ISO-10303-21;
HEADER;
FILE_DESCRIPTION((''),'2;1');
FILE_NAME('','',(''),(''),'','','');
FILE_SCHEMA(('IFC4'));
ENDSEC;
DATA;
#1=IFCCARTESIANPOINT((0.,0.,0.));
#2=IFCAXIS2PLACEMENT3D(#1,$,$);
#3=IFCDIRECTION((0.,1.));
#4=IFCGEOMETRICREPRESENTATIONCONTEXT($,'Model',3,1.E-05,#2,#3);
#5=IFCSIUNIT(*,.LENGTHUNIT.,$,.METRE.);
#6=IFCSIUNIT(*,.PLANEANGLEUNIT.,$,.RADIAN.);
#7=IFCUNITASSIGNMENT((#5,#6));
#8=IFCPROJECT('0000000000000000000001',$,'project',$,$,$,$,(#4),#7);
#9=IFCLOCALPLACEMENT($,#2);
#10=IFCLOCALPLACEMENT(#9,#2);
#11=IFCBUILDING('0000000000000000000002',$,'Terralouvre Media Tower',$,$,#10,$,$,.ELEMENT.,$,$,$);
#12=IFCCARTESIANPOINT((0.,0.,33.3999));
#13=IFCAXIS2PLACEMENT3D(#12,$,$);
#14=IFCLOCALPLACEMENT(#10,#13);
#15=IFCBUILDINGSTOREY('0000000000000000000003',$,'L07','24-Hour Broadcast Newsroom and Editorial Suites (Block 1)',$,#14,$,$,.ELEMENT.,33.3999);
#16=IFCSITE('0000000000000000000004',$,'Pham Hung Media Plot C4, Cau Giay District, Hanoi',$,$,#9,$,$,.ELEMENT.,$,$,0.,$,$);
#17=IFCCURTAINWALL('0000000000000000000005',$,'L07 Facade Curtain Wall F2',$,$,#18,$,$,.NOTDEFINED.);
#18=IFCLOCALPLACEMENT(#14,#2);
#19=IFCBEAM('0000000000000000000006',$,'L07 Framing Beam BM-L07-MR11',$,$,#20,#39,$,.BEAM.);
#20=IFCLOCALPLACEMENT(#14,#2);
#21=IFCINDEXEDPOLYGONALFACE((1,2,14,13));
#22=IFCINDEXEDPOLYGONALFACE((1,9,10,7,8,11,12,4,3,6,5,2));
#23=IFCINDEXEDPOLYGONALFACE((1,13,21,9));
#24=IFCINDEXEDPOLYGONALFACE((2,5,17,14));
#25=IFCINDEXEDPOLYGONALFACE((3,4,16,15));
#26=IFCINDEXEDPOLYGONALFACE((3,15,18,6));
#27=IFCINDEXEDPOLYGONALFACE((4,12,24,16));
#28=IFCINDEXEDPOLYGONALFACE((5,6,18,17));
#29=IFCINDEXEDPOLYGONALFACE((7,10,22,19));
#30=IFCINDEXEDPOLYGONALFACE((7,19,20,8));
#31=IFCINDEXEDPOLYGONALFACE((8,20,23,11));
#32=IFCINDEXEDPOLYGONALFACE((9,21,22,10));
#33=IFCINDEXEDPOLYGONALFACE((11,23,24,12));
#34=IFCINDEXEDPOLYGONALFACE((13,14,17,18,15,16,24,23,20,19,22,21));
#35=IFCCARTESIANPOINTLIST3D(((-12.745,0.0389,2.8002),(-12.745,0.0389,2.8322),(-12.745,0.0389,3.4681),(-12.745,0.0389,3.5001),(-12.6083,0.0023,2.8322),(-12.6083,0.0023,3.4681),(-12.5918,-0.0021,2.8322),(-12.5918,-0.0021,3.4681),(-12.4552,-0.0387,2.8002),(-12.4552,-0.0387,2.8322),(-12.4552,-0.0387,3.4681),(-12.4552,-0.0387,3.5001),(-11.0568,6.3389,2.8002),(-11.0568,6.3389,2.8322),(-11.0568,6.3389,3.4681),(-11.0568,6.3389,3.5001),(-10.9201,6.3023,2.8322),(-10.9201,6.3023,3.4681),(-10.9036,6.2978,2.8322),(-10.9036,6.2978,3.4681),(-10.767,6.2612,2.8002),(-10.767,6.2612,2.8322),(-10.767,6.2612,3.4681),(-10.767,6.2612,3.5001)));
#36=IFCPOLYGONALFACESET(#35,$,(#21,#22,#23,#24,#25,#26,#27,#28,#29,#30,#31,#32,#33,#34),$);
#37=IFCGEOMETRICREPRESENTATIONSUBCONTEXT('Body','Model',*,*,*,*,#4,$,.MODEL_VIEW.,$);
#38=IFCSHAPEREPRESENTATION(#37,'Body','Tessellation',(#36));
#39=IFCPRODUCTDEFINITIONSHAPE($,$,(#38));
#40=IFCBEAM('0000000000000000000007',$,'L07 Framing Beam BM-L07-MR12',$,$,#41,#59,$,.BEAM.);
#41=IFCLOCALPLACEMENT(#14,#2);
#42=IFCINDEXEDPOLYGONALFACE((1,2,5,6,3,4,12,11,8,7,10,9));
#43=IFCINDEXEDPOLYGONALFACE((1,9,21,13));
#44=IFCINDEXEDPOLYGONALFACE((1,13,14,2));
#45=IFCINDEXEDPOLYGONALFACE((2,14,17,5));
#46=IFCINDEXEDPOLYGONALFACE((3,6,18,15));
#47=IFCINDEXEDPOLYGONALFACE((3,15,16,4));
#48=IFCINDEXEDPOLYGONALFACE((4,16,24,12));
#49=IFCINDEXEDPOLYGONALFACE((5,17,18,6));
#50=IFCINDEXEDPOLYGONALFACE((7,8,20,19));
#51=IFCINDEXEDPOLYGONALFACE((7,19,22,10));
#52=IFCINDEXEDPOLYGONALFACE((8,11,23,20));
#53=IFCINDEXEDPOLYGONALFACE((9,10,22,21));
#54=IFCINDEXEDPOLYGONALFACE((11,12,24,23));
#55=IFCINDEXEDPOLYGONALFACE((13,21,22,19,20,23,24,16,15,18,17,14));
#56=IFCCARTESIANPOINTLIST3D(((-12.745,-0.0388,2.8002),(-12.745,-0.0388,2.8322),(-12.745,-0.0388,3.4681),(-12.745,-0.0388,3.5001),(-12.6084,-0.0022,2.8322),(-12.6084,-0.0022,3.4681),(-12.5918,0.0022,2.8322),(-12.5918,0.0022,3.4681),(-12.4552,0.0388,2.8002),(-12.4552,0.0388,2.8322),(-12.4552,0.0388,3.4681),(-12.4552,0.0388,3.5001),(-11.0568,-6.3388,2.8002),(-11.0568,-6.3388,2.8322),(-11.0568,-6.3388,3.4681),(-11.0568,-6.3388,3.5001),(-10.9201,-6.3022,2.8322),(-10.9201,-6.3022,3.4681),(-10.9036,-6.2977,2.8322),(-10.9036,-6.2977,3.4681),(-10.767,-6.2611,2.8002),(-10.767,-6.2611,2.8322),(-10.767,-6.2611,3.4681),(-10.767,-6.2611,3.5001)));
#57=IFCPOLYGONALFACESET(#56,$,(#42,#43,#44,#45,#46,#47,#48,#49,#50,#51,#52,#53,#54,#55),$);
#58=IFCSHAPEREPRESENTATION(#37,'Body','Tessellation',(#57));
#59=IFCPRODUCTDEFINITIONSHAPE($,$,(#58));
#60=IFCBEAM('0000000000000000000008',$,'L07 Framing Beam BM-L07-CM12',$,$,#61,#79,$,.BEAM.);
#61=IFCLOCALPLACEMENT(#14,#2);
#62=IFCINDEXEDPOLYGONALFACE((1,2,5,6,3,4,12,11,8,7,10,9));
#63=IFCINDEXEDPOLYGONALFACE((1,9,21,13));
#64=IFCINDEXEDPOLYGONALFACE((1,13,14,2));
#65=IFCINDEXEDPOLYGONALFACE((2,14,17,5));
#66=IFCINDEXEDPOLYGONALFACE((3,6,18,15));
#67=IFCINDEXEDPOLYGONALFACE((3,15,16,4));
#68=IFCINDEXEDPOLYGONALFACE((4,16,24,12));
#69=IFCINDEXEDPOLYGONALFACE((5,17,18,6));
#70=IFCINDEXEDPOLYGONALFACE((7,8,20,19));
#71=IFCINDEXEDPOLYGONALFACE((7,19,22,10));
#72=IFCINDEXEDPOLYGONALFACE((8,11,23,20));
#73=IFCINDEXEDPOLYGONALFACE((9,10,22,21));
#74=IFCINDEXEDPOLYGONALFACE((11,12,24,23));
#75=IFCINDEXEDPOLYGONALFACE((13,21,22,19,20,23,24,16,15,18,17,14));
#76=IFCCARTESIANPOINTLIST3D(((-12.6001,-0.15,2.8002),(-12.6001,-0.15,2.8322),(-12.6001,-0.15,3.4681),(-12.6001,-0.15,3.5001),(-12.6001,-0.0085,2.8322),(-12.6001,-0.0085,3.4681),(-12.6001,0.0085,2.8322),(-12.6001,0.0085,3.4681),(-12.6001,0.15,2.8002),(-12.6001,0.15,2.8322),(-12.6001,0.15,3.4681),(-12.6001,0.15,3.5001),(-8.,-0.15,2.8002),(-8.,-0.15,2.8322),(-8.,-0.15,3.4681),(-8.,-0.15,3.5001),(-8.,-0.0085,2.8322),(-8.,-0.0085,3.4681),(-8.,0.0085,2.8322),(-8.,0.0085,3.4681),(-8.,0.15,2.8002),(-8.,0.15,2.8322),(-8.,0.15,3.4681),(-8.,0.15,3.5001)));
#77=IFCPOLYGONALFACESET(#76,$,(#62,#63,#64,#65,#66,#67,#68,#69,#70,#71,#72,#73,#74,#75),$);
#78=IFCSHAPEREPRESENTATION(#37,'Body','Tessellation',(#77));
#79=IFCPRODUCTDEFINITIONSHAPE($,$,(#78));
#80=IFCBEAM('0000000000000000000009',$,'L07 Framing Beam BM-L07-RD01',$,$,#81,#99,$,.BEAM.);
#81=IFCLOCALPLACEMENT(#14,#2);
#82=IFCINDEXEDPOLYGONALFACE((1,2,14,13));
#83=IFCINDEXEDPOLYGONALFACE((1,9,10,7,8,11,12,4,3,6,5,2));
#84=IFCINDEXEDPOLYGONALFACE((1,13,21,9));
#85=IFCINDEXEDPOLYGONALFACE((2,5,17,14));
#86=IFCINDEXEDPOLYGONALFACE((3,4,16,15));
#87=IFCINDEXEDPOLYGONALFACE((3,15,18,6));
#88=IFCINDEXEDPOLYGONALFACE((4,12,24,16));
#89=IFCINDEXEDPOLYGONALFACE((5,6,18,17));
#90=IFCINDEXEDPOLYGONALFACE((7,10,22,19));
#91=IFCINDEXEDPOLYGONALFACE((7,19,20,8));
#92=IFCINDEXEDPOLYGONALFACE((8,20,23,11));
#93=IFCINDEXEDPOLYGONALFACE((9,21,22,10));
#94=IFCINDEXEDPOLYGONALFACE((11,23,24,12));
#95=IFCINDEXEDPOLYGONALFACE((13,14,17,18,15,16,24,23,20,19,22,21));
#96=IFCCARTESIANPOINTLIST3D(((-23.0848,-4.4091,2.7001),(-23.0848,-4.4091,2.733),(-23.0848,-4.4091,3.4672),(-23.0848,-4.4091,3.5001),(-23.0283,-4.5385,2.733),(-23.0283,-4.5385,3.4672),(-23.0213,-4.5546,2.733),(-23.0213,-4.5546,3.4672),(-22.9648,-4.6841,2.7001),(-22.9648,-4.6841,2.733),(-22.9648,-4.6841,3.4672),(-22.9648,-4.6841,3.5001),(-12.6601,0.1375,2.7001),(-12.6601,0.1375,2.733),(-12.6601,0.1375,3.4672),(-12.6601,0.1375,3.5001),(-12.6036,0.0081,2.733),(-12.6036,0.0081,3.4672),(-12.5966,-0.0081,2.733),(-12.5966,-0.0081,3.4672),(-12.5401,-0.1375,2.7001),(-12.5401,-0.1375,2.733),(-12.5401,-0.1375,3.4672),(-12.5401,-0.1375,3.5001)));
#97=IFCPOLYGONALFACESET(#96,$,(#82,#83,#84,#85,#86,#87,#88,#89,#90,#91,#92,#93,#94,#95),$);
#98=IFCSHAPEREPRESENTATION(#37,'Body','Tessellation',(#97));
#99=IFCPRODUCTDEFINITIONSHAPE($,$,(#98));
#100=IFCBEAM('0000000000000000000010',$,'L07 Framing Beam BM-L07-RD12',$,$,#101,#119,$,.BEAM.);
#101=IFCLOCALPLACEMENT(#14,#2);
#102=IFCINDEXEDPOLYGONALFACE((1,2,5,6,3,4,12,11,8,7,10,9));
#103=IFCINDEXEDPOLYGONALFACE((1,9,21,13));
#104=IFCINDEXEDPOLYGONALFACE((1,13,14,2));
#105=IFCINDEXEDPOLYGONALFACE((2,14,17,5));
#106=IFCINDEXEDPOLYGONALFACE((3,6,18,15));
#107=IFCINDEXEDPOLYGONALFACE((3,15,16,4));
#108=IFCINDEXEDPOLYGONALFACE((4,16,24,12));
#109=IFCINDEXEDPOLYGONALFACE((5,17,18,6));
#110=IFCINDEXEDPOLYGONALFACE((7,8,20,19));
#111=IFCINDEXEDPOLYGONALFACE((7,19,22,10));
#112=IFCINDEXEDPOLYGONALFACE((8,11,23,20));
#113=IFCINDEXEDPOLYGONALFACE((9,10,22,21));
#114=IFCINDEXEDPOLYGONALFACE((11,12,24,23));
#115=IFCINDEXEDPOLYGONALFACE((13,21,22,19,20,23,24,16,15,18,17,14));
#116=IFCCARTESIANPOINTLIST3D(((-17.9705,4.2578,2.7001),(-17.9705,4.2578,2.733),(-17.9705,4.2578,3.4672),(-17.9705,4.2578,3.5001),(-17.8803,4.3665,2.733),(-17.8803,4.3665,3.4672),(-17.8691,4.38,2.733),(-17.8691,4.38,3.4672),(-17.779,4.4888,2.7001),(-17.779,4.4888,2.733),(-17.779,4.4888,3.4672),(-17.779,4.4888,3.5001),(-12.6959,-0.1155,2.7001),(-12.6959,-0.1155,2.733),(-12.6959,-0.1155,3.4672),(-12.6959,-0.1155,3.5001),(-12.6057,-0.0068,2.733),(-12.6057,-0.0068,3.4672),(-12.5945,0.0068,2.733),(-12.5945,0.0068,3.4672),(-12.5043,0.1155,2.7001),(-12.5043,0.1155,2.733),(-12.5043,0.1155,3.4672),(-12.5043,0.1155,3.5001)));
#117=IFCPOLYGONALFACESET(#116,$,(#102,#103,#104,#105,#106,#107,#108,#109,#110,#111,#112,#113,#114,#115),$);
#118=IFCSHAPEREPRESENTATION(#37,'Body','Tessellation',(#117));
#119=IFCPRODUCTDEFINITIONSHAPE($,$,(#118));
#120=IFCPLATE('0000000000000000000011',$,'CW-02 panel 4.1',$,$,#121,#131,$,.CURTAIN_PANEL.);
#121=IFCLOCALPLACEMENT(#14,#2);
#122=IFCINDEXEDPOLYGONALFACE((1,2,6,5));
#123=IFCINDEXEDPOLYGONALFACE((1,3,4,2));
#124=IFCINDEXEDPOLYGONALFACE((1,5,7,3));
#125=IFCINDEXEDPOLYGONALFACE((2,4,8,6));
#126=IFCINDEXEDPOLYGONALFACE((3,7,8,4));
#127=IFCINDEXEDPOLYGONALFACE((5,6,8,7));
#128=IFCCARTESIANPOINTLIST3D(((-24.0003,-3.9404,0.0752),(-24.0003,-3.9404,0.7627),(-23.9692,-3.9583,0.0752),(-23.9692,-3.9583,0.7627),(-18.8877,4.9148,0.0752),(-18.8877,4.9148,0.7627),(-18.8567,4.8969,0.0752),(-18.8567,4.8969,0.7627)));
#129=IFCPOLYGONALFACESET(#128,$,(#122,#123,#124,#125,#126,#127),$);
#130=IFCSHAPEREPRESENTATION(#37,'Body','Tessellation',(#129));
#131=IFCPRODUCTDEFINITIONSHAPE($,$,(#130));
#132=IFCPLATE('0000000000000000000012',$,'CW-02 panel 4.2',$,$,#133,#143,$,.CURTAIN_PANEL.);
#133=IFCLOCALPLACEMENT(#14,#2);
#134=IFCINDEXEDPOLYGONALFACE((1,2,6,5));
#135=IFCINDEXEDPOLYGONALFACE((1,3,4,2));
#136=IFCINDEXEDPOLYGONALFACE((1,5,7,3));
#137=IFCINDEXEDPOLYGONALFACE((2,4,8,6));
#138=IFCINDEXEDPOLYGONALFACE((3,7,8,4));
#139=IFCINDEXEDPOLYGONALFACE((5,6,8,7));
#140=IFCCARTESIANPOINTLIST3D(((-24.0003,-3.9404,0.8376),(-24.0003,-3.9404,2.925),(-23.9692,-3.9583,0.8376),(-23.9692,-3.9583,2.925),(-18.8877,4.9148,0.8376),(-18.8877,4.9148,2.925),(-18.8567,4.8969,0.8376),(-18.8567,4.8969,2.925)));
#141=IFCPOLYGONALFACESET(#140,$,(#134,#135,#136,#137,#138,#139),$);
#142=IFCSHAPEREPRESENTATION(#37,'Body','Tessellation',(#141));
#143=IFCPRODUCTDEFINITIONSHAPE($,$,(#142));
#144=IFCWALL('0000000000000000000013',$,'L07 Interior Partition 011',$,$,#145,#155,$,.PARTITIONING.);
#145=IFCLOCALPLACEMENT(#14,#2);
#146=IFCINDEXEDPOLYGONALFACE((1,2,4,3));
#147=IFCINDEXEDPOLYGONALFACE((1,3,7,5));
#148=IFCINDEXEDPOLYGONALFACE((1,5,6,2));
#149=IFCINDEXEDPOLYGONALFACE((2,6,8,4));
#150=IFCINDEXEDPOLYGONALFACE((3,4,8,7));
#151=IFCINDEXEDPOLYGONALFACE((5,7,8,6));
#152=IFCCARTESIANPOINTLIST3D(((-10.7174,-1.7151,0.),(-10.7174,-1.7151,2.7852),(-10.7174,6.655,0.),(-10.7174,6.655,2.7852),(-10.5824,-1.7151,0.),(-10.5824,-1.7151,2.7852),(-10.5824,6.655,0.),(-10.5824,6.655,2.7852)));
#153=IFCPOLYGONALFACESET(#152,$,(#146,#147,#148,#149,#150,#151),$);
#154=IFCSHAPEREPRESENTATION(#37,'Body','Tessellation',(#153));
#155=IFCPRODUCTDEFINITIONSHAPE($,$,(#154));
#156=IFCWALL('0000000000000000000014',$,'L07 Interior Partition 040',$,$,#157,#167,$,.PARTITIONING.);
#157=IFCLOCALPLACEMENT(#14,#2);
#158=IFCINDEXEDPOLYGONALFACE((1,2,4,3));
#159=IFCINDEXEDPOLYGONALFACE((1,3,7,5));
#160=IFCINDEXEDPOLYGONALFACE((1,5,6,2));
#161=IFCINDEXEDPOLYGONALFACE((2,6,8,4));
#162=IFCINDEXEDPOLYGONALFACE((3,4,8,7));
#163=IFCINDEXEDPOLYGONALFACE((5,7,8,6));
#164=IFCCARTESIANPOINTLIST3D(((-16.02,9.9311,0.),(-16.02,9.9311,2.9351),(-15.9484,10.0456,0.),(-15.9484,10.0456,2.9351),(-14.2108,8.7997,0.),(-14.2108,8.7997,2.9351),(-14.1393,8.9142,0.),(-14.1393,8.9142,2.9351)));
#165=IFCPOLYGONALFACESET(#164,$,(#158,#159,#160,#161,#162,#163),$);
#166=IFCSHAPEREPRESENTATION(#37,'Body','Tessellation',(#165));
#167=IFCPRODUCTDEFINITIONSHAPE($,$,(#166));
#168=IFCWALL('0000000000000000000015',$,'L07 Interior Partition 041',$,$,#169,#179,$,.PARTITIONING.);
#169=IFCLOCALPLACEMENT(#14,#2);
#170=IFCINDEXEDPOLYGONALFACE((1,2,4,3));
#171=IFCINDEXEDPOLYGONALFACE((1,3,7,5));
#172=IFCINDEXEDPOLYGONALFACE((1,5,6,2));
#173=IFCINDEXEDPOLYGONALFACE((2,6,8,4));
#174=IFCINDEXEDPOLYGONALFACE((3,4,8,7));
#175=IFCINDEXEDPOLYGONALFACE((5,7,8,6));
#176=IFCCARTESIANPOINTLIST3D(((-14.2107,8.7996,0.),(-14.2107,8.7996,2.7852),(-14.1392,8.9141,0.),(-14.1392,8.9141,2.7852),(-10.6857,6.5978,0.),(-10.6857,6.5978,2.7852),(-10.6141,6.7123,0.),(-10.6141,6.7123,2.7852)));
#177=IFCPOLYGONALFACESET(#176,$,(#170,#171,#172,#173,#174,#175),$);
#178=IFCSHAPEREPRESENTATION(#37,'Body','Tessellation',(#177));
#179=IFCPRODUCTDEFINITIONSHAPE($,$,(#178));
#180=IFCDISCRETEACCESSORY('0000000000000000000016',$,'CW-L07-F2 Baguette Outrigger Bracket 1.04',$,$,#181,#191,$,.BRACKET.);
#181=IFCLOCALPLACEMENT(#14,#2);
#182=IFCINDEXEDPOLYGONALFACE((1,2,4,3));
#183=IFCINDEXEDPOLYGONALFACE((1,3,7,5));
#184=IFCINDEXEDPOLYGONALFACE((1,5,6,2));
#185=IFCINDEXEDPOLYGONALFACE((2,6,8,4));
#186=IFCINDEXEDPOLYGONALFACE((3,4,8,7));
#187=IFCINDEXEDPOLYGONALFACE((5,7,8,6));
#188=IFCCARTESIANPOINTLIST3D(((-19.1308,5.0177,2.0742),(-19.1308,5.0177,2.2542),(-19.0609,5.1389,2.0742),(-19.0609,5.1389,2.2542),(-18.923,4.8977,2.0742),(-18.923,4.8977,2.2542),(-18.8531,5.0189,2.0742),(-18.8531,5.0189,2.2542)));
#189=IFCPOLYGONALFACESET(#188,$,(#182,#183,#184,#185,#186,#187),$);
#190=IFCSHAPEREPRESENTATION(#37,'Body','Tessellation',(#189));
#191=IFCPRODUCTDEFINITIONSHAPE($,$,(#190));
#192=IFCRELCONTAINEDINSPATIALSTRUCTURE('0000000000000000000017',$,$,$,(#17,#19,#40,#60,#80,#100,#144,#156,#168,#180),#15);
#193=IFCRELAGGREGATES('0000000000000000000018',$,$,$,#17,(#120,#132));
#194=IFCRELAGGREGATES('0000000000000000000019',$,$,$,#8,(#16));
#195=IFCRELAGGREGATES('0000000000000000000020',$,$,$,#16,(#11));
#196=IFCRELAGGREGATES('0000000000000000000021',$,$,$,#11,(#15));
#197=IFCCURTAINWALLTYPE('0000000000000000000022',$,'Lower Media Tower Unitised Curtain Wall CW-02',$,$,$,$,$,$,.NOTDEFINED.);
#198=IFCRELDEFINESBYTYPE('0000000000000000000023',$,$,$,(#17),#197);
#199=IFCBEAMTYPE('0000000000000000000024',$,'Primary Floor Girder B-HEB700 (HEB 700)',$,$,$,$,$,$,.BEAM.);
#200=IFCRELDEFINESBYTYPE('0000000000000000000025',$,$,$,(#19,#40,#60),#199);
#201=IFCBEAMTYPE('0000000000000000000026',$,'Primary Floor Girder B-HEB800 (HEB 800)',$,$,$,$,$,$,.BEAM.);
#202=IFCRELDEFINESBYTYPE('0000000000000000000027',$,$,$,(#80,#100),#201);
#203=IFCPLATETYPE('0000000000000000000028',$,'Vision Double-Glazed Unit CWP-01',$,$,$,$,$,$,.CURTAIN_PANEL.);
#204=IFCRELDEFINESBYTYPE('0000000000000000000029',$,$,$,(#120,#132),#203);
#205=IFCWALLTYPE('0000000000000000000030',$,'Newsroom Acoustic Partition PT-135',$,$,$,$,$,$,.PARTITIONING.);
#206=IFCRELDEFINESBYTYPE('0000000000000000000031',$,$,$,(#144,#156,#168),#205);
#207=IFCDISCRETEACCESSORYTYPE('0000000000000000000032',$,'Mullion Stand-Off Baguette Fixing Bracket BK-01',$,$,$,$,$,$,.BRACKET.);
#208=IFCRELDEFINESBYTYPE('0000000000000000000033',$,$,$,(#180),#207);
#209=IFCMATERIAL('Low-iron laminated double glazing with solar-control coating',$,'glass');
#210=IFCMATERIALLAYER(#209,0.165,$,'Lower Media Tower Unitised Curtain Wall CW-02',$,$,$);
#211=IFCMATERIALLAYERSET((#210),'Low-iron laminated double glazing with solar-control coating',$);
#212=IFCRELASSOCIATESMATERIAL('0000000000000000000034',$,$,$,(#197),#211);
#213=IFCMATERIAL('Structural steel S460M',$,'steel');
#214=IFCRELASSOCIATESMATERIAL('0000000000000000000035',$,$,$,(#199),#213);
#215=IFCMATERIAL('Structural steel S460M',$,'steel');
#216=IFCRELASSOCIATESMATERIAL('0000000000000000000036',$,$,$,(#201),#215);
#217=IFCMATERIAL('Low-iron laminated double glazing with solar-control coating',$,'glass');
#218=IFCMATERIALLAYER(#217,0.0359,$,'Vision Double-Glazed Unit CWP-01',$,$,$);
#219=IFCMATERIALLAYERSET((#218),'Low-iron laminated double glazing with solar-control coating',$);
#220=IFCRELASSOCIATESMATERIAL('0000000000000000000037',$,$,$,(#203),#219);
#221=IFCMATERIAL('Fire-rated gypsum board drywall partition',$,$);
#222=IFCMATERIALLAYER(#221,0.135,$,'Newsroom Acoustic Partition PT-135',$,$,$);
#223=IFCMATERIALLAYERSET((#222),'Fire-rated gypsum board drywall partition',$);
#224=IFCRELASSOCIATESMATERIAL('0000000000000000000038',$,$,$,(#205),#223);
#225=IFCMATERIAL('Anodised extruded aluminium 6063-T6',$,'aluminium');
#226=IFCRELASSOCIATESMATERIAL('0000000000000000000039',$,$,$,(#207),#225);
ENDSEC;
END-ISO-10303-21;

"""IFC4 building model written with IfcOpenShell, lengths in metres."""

from ifc_helpers import new_model, si_unit, direction, frame, frame_2d, origin, origin_2d, place, context, subcontext, project, spatial, rectangle, i_section, extrude, material, layer, layer_set, material_profile, profile_set, type_object, element, aggregate, save


model = new_model("IFC4")

# Units and contexts
model_context = context("Model", 3, precision=1e-05, world=origin(), true_north=direction((0.0, 1.0)))
body_context = subcontext(model_context, "Body", "Model", "MODEL_VIEW")
ifc_project = project(units=[si_unit("LENGTHUNIT", "METRE"), si_unit("PLANEANGLEUNIT", "RADIAN")], contexts=[model_context])

# Site, building, storey
site_placement = place(None, origin())
site = spatial("IfcSite", under=ifc_project, at=site_placement, Name="Pham Hung Media Plot C4, Cau Giay District, Hanoi", CompositionType="ELEMENT", RefElevation=0.0)
building_placement = place(site_placement, origin())
building = spatial("IfcBuilding", under=site, at=building_placement, Name="Terralouvre Media Tower", CompositionType="ELEMENT")
storey_placement = place(building_placement, frame((0.0, 0.0, 33.3999)))
storey = spatial("IfcBuildingStorey", under=building, at=storey_placement, Name="L07", Description="24-Hour Broadcast Newsroom and Editorial Suites (Block 1)", CompositionType="ELEMENT", Elevation=33.3999)

# Curtain wall
ifc_material_1 = material(Name="Low-iron laminated double glazing with solar-control coating", Category="glass")
ifc_layer_1 = layer(ifc_material_1, 0.165, Name="Lower Media Tower Unitised Curtain Wall CW-02")
ifc_layer_set_1 = layer_set([ifc_layer_1], Name="Low-iron laminated double glazing with solar-control coating")
curtain_wall_type = type_object("IfcCurtainWallType", Name="Lower Media Tower Unitised Curtain Wall CW-02", PredefinedType="NOTDEFINED", material=ifc_layer_set_1)
curtain_wall_placement = place(storey_placement, origin())
curtain_wall = element("IfcCurtainWall", 1, at=curtain_wall_placement, inside=storey, type_object=curtain_wall_type, Name="L07 Facade Curtain Wall F2", PredefinedType="NOTDEFINED")

# Beams
ifc_material_2 = material(Name="Structural steel S460M", Category="steel")
ifc_material_profile_1 = material_profile(ifc_material_2, i_section(OverallWidth=0.3, OverallDepth=0.7, WebThickness=0.0171, FlangeThickness=0.032, at=origin_2d()), Name="HEB 700")
ifc_profile_set_1 = profile_set([ifc_material_profile_1], Name="Structural steel S460M")
beam_type_1 = type_object("IfcBeamType", Name="Primary Floor Girder B-HEB700 (HEB 700)", PredefinedType="BEAM", material=ifc_profile_set_1)
for number, where, z_axis, x_axis, name in (
    (2, (-10.9119, 6.3, 3.1501), (-0.258839, -0.96592, 0.0), (0.96592, -0.258839, 0.0), "L07 Framing Beam BM-L07-MR11"),
    (3, (-12.6001, 0.0, 3.1501), (0.258839, -0.96592, 0.0), (0.96592, 0.258839, 0.0), "L07 Framing Beam BM-L07-MR12"),
):
    element("IfcBeam", number, at=place(storey_placement, frame(where, z_axis=z_axis, x_axis=x_axis)), inside=storey, type_object=beam_type_1, Name=name, PredefinedType="BEAM", context=body_context, shape_type="SweptSolid", body=[
        extrude(i_section(OverallWidth=0.3, OverallDepth=0.7, WebThickness=0.0171, FlangeThickness=0.032, at=origin_2d()), origin(), (0.0, 0.0, 1.0), 6.5222),
    ])
beam_1_placement = place(storey_placement, frame((-8.0, 0.0, 3.1501), z_axis=(-1.0, 0.0, 0.0), x_axis=(0.0, -1.0, 0.0)))
element("IfcBeam", 4, at=beam_1_placement, inside=storey, type_object=beam_type_1, Name="L07 Framing Beam BM-L07-CM12", PredefinedType="BEAM", context=body_context, shape_type="SweptSolid", body=[
    extrude(i_section(OverallWidth=0.3, OverallDepth=0.7, WebThickness=0.0171, FlangeThickness=0.032, at=origin_2d()), origin(), (0.0, 0.0, 1.0), 4.6001),
])
ifc_material_3 = material(Name="Structural steel S460M", Category="steel")
ifc_material_profile_2 = material_profile(ifc_material_3, i_section(OverallWidth=0.3, OverallDepth=0.8, WebThickness=0.0176, FlangeThickness=0.033, at=origin_2d()), Name="HEB 800")
ifc_profile_set_2 = profile_set([ifc_material_profile_2], Name="Structural steel S460M")
beam_type_2 = type_object("IfcBeamType", Name="Primary Floor Girder B-HEB800 (HEB 800)", PredefinedType="BEAM", material=ifc_profile_set_2)
beam_2_placement = place(storey_placement, frame((-12.6001, 0.0, 3.1001), z_axis=(-0.916616, -0.399769, 0.0), x_axis=(0.399769, -0.916616, 0.0)))
element("IfcBeam", 5, at=beam_2_placement, inside=storey, type_object=beam_type_2, Name="L07 Framing Beam BM-L07-RD01", PredefinedType="BEAM", context=body_context, shape_type="SweptSolid", body=[
    extrude(i_section(OverallWidth=0.3, OverallDepth=0.8, WebThickness=0.0176, FlangeThickness=0.033, at=origin_2d()), origin(), (0.0, 0.0, 1.0), 11.373),
])
beam_3_placement = place(storey_placement, frame((-12.6001, 0.0, 3.1001), z_axis=(-0.769816, 0.638265, 0.0), x_axis=(-0.638265, -0.769816, 0.0)))
element("IfcBeam", 6, at=beam_3_placement, inside=storey, type_object=beam_type_2, Name="L07 Framing Beam BM-L07-RD12", PredefinedType="BEAM", context=body_context, shape_type="SweptSolid", body=[
    extrude(i_section(OverallWidth=0.3, OverallDepth=0.8, WebThickness=0.0176, FlangeThickness=0.033, at=origin_2d()), origin(), (0.0, 0.0, 1.0), 6.8518),
])

# Plates
ifc_material_4 = material(Name="Low-iron laminated double glazing with solar-control coating", Category="glass")
ifc_layer_2 = layer(ifc_material_4, 0.0359, Name="Vision Double-Glazed Unit CWP-01")
ifc_layer_set_2 = layer_set([ifc_layer_2], Name="Low-iron laminated double glazing with solar-control coating")
plate_type = type_object("IfcPlateType", Name="Vision Double-Glazed Unit CWP-01", PredefinedType="CURTAIN_PANEL", material=ifc_layer_set_2)
plate_1_placement = place(storey_placement, frame((-21.4285, 0.4783, 0.0752), z_axis=(0.0, 0.0, 1.0), x_axis=(-0.5, -0.866025, 0.0)))
plate_1 = element("IfcPlate", 7, at=plate_1_placement, type_object=plate_type, Name="CW-02 panel 4.1", PredefinedType="CURTAIN_PANEL", context=body_context, shape_type="SweptSolid", body=[
    extrude(rectangle(XDim=10.2251, YDim=0.0359, at=origin_2d()), origin(), (0.0, 0.0, 1.0), 0.6875),
])
plate_2_placement = place(storey_placement, frame((-21.4285, 0.4783, 0.8376), z_axis=(0.0, 0.0, 1.0), x_axis=(-0.5, -0.866025, 0.0)))
plate_2 = element("IfcPlate", 8, at=plate_2_placement, type_object=plate_type, Name="CW-02 panel 4.2", PredefinedType="CURTAIN_PANEL", context=body_context, shape_type="SweptSolid", body=[
    extrude(rectangle(XDim=10.2251, YDim=0.0359, at=origin_2d()), origin(), (0.0, 0.0, 1.0), 2.0874),
])
aggregate(curtain_wall, [plate_1, plate_2])

# Walls
ifc_material_5 = material(Name="Fire-rated gypsum board drywall partition")
ifc_layer_3 = layer(ifc_material_5, 0.135, Name="Newsroom Acoustic Partition PT-135")
ifc_layer_set_3 = layer_set([ifc_layer_3], Name="Fire-rated gypsum board drywall partition")
wall_type = type_object("IfcWallType", Name="Newsroom Acoustic Partition PT-135", PredefinedType="PARTITIONING", material=ifc_layer_set_3)
wall_1_placement = place(storey_placement, frame((-10.6499, 6.655, 0.0), z_axis=(0.0, 0.0, 1.0), x_axis=(0.0, -1.0, 0.0)))
element("IfcWall", 9, at=wall_1_placement, inside=storey, type_object=wall_type, Name="L07 Interior Partition 011", PredefinedType="PARTITIONING", context=body_context, shape_type="SweptSolid", body=[
    extrude(rectangle(XDim=8.3701, YDim=0.135, at=frame_2d((4.1851, 0.0))), origin(), (0.0, 0.0, 1.0), 2.7852),
])
wall_2_placement = place(storey_placement, frame((-14.175, 8.8569, 0.0), z_axis=(0.0, 0.0, 1.0), x_axis=(-0.847857, 0.530225, 0.0)))
element("IfcWall", 10, at=wall_2_placement, inside=storey, type_object=wall_type, Name="L07 Interior Partition 040", PredefinedType="PARTITIONING", context=body_context, shape_type="SweptSolid", body=[
    extrude(rectangle(XDim=2.1338, YDim=0.135, at=frame_2d((1.0669, 0.0))), origin(), (0.0, 0.0, 1.0), 2.9351),
])
wall_3_placement = place(storey_placement, frame((-10.6499, 6.655, 0.0), z_axis=(0.0, 0.0, 1.0), x_axis=(-0.84814, 0.529772, 0.0)))
element("IfcWall", 11, at=wall_3_placement, inside=storey, type_object=wall_type, Name="L07 Interior Partition 041", PredefinedType="PARTITIONING", context=body_context, shape_type="SweptSolid", body=[
    extrude(rectangle(XDim=4.1562, YDim=0.135, at=frame_2d((2.0781, 0.0))), origin(), (0.0, 0.0, 1.0), 2.7852),
])

# Discrete accessory
ifc_material_6 = material(Name="Anodised extruded aluminium 6063-T6", Category="aluminium")
discrete_accessory_type = type_object("IfcDiscreteAccessoryType", Name="Mullion Stand-Off Baguette Fixing Bracket BK-01", PredefinedType="BRACKET", material=ifc_material_6)
discrete_accessory_placement = place(storey_placement, frame((-18.9919, 5.0183, 2.0742), z_axis=(0.0, 0.0, 1.0), x_axis=(-0.5, -0.866025, 0.0)))
element("IfcDiscreteAccessory", 12, at=discrete_accessory_placement, inside=storey, type_object=discrete_accessory_type, Name="CW-L07-F2 Baguette Outrigger Bracket 1.04", PredefinedType="BRACKET", context=body_context, shape_type="SweptSolid", body=[
    extrude(rectangle(XDim=0.1399, YDim=0.24, at=origin_2d()), origin(), (0.0, 0.0, 1.0), 0.1799),
])

save(model, "model.ifc")
